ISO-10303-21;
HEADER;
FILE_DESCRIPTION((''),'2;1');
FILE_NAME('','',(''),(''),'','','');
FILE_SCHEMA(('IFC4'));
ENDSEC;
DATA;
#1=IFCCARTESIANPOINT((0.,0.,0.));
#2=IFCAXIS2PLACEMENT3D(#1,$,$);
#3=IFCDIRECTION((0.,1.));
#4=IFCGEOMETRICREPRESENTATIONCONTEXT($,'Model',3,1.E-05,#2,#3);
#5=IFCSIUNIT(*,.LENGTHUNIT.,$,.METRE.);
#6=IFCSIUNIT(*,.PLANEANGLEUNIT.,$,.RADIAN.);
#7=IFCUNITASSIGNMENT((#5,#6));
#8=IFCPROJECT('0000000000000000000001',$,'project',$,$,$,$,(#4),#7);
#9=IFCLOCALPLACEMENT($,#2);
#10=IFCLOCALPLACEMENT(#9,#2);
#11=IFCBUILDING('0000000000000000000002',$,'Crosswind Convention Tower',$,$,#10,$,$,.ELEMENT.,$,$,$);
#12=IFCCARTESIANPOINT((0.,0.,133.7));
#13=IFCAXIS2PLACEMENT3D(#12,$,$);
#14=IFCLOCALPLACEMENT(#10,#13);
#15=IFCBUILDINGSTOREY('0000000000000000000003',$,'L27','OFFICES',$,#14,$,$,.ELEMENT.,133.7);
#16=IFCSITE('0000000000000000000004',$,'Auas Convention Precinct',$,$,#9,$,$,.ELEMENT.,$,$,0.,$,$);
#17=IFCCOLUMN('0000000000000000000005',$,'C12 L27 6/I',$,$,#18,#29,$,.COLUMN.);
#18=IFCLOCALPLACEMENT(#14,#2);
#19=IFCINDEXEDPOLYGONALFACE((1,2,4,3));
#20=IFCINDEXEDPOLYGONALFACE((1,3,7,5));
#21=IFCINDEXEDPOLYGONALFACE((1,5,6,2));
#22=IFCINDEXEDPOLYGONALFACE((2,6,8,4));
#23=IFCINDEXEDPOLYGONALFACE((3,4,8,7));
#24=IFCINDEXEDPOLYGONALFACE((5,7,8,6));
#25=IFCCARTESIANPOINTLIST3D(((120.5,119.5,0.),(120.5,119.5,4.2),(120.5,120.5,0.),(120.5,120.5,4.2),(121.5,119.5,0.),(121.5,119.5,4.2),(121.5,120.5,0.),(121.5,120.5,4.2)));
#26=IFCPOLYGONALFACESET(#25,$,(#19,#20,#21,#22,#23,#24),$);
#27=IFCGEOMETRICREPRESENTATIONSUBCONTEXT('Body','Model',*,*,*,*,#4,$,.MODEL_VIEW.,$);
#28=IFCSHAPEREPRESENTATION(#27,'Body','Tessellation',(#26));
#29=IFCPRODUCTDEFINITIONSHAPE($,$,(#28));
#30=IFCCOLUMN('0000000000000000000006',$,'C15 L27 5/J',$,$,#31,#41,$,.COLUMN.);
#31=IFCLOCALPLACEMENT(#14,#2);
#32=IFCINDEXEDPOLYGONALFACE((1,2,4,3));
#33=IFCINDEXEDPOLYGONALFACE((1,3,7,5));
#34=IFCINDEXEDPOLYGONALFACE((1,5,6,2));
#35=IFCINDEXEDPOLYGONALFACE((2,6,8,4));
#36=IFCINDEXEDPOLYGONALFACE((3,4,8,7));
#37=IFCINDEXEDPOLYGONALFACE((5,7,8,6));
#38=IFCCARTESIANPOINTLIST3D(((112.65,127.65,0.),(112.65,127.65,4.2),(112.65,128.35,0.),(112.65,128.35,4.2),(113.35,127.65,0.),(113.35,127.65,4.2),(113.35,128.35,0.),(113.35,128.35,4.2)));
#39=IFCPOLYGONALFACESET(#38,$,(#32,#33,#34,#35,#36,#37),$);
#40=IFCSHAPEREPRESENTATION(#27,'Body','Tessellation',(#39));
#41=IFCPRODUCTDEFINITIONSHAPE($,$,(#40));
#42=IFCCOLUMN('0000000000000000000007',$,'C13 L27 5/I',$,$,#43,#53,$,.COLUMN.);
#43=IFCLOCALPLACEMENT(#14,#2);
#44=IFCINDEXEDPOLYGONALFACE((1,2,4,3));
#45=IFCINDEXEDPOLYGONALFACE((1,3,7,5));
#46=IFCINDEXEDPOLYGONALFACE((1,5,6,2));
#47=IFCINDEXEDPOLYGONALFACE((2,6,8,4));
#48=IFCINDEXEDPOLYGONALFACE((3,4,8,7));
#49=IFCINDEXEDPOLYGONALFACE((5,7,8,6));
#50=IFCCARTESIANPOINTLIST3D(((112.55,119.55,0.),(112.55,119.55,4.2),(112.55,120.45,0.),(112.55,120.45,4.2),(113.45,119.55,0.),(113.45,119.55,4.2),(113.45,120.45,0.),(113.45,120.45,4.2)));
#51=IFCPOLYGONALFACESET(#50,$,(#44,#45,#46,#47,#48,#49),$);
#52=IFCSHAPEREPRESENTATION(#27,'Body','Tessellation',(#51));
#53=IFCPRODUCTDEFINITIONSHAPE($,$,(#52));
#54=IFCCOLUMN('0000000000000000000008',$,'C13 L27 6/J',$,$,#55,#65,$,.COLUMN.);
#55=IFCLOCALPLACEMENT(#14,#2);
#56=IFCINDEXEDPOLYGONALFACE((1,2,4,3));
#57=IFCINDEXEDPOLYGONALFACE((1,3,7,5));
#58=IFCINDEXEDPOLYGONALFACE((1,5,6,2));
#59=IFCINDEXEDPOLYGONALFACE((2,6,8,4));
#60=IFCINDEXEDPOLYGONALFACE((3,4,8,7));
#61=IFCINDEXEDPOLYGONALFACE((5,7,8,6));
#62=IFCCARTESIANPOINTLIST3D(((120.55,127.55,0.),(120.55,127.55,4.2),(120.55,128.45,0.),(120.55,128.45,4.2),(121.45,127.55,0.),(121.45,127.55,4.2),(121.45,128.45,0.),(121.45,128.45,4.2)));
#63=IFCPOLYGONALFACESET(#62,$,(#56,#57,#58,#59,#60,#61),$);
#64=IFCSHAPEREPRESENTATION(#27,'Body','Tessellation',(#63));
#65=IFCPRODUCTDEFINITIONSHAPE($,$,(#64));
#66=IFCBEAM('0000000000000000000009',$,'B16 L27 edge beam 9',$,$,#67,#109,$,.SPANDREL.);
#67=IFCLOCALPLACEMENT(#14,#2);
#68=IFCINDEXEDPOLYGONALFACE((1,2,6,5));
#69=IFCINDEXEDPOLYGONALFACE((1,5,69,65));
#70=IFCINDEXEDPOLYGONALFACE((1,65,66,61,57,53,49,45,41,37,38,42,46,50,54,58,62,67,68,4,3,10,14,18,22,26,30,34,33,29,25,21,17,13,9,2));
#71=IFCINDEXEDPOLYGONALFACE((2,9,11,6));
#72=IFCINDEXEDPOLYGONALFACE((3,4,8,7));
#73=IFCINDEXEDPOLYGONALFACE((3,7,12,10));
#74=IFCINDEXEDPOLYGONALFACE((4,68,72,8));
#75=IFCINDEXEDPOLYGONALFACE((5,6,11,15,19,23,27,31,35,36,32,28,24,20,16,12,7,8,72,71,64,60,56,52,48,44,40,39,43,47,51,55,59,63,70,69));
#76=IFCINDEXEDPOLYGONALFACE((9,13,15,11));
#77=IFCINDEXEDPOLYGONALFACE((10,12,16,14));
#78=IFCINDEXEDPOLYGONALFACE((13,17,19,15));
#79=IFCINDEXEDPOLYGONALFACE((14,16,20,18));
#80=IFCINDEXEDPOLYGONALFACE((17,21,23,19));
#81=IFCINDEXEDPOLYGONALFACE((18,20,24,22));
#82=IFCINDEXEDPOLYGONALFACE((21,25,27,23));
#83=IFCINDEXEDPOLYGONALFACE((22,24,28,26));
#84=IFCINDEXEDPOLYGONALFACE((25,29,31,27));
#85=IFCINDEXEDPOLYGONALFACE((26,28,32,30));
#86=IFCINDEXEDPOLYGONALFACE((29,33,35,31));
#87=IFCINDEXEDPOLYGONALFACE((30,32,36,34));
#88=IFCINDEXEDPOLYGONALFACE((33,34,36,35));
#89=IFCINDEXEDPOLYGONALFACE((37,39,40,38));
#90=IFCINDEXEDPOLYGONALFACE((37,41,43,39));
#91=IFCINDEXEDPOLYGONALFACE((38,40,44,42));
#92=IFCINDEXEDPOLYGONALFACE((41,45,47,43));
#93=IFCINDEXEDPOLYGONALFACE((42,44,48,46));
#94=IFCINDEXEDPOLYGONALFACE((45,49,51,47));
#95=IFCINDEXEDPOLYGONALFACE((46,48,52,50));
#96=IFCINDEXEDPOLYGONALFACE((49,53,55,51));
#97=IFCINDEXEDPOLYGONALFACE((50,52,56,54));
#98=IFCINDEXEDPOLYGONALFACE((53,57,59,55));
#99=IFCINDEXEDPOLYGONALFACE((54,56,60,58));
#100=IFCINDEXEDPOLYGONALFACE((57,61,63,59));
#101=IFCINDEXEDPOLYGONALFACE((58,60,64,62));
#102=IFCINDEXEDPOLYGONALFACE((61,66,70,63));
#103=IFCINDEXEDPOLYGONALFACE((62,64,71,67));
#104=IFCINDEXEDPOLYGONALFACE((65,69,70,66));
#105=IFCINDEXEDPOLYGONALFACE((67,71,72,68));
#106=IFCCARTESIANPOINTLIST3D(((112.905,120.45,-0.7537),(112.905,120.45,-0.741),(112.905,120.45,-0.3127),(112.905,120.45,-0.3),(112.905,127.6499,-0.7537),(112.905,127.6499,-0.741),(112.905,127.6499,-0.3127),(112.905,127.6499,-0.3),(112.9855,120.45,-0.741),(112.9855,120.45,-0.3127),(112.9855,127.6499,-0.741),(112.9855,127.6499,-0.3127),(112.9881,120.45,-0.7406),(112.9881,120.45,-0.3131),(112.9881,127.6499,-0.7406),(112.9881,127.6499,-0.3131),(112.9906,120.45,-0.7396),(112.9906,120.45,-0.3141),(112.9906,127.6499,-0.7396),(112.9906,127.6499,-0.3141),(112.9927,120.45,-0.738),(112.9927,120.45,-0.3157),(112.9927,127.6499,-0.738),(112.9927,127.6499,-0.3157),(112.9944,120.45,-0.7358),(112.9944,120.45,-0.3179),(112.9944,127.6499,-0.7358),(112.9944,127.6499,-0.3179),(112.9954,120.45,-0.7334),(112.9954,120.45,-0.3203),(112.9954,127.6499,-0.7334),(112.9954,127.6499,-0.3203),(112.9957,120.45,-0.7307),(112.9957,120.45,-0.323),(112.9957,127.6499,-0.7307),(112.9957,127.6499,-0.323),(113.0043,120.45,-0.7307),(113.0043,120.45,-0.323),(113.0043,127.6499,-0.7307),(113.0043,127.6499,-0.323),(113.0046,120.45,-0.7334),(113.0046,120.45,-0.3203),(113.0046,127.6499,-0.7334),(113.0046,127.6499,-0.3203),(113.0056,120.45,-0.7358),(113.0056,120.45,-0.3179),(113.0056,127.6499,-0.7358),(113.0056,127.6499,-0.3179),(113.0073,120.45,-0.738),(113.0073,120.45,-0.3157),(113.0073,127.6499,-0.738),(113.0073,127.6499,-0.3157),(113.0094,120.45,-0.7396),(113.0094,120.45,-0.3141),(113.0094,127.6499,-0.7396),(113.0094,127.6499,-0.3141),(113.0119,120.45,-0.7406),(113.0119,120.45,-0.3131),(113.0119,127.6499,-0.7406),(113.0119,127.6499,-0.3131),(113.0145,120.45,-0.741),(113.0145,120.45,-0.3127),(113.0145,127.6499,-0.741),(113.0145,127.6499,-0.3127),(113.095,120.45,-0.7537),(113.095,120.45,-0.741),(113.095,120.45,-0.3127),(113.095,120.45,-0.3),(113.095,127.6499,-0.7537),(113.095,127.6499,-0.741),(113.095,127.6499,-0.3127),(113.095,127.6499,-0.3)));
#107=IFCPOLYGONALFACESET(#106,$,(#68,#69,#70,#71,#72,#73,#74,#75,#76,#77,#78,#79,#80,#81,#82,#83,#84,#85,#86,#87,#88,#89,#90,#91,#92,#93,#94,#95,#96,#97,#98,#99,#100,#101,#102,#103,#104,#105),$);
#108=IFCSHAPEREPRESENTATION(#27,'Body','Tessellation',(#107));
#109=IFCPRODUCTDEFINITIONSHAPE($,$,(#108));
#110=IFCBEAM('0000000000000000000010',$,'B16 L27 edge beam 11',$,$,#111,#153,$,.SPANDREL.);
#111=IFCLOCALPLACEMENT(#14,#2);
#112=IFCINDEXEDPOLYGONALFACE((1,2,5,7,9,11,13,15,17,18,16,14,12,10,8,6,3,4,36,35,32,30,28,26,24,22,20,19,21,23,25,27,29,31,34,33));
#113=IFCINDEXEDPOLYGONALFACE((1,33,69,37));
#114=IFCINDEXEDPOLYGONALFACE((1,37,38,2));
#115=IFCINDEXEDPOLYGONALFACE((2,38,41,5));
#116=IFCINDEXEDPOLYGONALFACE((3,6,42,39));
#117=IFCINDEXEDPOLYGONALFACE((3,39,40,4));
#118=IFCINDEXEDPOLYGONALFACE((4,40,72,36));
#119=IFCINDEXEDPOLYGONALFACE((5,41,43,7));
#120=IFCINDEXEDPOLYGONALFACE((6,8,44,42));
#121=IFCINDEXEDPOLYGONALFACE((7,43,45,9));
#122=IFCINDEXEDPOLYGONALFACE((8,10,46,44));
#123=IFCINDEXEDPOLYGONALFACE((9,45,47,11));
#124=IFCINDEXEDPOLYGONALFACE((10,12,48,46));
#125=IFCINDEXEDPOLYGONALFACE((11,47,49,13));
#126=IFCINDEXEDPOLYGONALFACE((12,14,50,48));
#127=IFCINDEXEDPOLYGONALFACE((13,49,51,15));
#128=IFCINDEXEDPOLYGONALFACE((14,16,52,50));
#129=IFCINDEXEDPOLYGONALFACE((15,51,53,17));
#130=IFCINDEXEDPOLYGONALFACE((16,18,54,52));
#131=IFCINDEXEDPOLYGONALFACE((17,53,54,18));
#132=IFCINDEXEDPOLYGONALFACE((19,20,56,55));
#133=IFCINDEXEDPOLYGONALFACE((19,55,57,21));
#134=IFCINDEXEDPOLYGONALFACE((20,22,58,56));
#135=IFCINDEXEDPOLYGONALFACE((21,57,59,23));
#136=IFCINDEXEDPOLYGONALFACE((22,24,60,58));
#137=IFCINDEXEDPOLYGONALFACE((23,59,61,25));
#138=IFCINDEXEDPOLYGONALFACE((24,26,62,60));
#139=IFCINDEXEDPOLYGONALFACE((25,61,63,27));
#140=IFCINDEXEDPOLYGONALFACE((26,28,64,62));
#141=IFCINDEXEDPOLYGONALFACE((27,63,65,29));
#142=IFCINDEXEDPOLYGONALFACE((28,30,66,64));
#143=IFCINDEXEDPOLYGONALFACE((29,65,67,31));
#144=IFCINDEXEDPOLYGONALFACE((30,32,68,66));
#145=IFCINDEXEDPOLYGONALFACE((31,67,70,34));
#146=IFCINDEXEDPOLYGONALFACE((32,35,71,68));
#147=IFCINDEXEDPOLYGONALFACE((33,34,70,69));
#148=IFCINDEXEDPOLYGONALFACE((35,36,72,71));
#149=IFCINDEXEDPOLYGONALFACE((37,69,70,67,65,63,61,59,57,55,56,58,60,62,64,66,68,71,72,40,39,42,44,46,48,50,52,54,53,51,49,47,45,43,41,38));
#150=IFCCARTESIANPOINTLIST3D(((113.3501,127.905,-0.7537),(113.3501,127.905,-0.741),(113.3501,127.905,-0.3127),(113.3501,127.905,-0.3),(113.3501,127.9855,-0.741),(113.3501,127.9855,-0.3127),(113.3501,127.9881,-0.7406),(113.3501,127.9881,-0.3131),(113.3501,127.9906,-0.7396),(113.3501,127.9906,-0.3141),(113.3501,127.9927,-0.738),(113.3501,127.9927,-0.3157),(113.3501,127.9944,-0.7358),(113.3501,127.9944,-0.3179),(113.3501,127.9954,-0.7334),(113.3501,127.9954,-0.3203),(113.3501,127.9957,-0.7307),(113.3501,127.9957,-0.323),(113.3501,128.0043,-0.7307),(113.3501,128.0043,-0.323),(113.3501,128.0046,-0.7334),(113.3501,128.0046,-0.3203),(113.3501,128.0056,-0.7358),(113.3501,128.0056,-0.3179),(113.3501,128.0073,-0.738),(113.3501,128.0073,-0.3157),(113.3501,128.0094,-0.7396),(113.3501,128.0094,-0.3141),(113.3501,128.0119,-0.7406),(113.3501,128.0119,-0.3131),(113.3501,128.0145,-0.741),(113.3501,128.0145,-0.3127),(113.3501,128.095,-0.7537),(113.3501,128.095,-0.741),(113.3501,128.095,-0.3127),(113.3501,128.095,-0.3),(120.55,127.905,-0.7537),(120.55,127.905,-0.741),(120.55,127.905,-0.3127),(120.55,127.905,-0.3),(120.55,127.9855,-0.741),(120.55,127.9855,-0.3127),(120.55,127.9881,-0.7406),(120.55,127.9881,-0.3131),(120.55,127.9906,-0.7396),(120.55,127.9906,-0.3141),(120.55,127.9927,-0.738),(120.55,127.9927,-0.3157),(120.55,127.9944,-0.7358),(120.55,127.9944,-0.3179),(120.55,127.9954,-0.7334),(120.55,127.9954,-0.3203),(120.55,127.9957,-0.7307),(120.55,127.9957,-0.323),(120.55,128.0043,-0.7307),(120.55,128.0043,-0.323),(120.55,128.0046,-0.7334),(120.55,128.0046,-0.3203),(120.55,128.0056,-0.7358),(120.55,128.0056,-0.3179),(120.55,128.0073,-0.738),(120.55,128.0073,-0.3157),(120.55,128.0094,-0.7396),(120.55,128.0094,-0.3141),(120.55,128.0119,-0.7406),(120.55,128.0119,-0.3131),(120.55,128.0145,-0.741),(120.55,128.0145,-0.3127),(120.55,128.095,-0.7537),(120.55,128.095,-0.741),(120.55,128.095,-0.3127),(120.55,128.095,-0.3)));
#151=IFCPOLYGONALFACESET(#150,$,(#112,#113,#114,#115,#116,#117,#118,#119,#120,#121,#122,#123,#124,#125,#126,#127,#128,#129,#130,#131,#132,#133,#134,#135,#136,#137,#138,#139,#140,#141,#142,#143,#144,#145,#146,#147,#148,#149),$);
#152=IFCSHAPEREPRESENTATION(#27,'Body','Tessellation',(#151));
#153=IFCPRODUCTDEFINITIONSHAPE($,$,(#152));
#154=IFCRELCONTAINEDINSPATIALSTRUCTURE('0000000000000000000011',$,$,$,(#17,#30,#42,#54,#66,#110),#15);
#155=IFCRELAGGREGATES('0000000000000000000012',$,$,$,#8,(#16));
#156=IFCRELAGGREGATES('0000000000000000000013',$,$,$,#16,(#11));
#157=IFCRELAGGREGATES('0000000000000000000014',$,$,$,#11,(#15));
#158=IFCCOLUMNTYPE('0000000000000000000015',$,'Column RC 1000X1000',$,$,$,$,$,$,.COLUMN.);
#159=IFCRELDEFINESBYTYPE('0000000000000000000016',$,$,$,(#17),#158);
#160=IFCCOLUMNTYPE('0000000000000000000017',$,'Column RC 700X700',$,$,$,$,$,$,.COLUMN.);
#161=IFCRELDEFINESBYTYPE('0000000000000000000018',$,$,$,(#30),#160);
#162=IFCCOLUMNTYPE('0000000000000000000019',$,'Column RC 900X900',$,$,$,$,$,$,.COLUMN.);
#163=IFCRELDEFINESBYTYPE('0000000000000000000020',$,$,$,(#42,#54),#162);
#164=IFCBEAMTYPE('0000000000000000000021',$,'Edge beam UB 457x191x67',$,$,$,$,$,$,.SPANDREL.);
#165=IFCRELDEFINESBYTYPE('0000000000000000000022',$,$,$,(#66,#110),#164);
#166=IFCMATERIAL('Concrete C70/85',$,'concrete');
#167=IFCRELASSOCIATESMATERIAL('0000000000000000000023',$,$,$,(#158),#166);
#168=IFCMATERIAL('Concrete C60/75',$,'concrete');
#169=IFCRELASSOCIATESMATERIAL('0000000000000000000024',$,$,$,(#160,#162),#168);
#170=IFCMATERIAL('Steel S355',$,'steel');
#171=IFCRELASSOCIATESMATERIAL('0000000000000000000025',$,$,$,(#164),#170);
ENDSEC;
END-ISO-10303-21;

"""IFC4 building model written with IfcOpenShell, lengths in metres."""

from ifc_helpers import new_model, si_unit, direction, frame, origin, origin_2d, place, context, subcontext, project, spatial, rectangle, i_section, extrude, material, material_profile, profile_set, type_object, element, save


model = new_model("IFC4")

# Units and contexts
model_context = context("Model", 3, precision=1e-05, world=origin(), true_north=direction((0.0, 1.0)))
body_context = subcontext(model_context, "Body", "Model", "MODEL_VIEW")
ifc_project = project(units=[si_unit("LENGTHUNIT", "METRE"), si_unit("PLANEANGLEUNIT", "RADIAN")], contexts=[model_context])

# Site, building, storey
site_placement = place(None, origin())
site = spatial("IfcSite", under=ifc_project, at=site_placement, Name="Auas Convention Precinct", CompositionType="ELEMENT", RefElevation=0.0)
building_placement = place(site_placement, origin())
building = spatial("IfcBuilding", under=site, at=building_placement, Name="Crosswind Convention Tower", CompositionType="ELEMENT")
storey_placement = place(building_placement, frame((0.0, 0.0, 133.7)))
storey = spatial("IfcBuildingStorey", under=building, at=storey_placement, Name="L27", Description="OFFICES", CompositionType="ELEMENT", Elevation=133.7)

# Columns
ifc_material_1 = material(Name="Concrete C70/85", Category="concrete")
ifc_material_profile_1 = material_profile(ifc_material_1, rectangle(XDim=1.0, YDim=1.0, at=origin_2d()), Name="RC 1000X1000")
ifc_profile_set_1 = profile_set([ifc_material_profile_1], Name="Concrete C70/85")
column_type_1 = type_object("IfcColumnType", Name="Column RC 1000X1000", PredefinedType="COLUMN", material=ifc_profile_set_1)
column_1_placement = place(storey_placement, frame((121.0, 120.0, 0.0), z_axis=(0.0, 0.0, 1.0), x_axis=(1.0, 0.0, 0.0)))
element("IfcColumn", 1, at=column_1_placement, inside=storey, type_object=column_type_1, Name="C12 L27 6/I", PredefinedType="COLUMN", context=body_context, shape_type="SweptSolid", body=[
    extrude(rectangle(XDim=1.0, YDim=1.0, at=origin_2d()), origin(), (0.0, 0.0, 1.0), 4.2),
])
ifc_material_2 = material(Name="Concrete C60/75", Category="concrete")
ifc_material_profile_2 = material_profile(ifc_material_2, rectangle(XDim=0.7, YDim=0.7, at=origin_2d()), Name="RC 700X700")
ifc_profile_set_2 = profile_set([ifc_material_profile_2], Name="Concrete C60/75")
column_type_2 = type_object("IfcColumnType", Name="Column RC 700X700", PredefinedType="COLUMN", material=ifc_profile_set_2)
column_2_placement = place(storey_placement, frame((113.0, 128.0, 0.0), z_axis=(0.0, 0.0, 1.0), x_axis=(1.0, 0.0, 0.0)))
element("IfcColumn", 2, at=column_2_placement, inside=storey, type_object=column_type_2, Name="C15 L27 5/J", PredefinedType="COLUMN", context=body_context, shape_type="SweptSolid", body=[
    extrude(rectangle(XDim=0.7, YDim=0.7, at=origin_2d()), origin(), (0.0, 0.0, 1.0), 4.2),
])
ifc_material_profile_3 = material_profile(ifc_material_2, rectangle(XDim=0.8999, YDim=0.8999, at=origin_2d()), Name="RC 900X900")
ifc_profile_set_3 = profile_set([ifc_material_profile_3], Name="Concrete C60/75")
column_type_3 = type_object("IfcColumnType", Name="Column RC 900X900", PredefinedType="COLUMN", material=ifc_profile_set_3)
for number, where, z_axis, x_axis, name in (
    (3, (113.0, 120.0, 0.0), (0.0, 0.0, 1.0), (1.0, 0.0, 0.0), "C13 L27 5/I"),
    (4, (121.0, 128.0, 0.0), (0.0, 0.0, 1.0), (1.0, 0.0, 0.0), "C13 L27 6/J"),
):
    element("IfcColumn", number, at=place(storey_placement, frame(where, z_axis=z_axis, x_axis=x_axis)), inside=storey, type_object=column_type_3, Name=name, PredefinedType="COLUMN", context=body_context, shape_type="SweptSolid", body=[
        extrude(rectangle(XDim=0.8999, YDim=0.8999, at=origin_2d()), origin(), (0.0, 0.0, 1.0), 4.2),
    ])

# Beams
ifc_material_3 = material(Name="Steel S355", Category="steel")
ifc_material_profile_4 = material_profile(ifc_material_3, i_section(OverallWidth=0.1899, OverallDepth=0.4536, WebThickness=0.0085, FlangeThickness=0.0127, FilletRadius=0.0103, at=origin_2d()), Name="UB 457x191x67")
ifc_profile_set_4 = profile_set([ifc_material_profile_4], Name="Steel S355")
beam_type_1 = type_object("IfcBeamType", Name="Edge beam UB 457x191x67", PredefinedType="SPANDREL", material=ifc_profile_set_4)
for number, where, z_axis, x_axis, name in (
    (5, (113.0, 120.45, -0.5269), (0.0, 1.0, 0.0), (-1.0, 0.0, 0.0), "B16 L27 edge beam 9"),
    (6, (113.3501, 128.0, -0.5269), (1.0, 0.0, 0.0), (0.0, 1.0, 0.0), "B16 L27 edge beam 11"),
):
    element("IfcBeam", number, at=place(storey_placement, frame(where, z_axis=z_axis, x_axis=x_axis)), inside=storey, type_object=beam_type_1, Name=name, PredefinedType="SPANDREL", context=body_context, shape_type="SweptSolid", body=[
        extrude(i_section(OverallWidth=0.1899, OverallDepth=0.4536, WebThickness=0.0085, FlangeThickness=0.0127, FilletRadius=0.0103, at=origin_2d()), origin(), (0.0, 0.0, 1.0), 7.2),
    ])

save(model, "model.ifc")
